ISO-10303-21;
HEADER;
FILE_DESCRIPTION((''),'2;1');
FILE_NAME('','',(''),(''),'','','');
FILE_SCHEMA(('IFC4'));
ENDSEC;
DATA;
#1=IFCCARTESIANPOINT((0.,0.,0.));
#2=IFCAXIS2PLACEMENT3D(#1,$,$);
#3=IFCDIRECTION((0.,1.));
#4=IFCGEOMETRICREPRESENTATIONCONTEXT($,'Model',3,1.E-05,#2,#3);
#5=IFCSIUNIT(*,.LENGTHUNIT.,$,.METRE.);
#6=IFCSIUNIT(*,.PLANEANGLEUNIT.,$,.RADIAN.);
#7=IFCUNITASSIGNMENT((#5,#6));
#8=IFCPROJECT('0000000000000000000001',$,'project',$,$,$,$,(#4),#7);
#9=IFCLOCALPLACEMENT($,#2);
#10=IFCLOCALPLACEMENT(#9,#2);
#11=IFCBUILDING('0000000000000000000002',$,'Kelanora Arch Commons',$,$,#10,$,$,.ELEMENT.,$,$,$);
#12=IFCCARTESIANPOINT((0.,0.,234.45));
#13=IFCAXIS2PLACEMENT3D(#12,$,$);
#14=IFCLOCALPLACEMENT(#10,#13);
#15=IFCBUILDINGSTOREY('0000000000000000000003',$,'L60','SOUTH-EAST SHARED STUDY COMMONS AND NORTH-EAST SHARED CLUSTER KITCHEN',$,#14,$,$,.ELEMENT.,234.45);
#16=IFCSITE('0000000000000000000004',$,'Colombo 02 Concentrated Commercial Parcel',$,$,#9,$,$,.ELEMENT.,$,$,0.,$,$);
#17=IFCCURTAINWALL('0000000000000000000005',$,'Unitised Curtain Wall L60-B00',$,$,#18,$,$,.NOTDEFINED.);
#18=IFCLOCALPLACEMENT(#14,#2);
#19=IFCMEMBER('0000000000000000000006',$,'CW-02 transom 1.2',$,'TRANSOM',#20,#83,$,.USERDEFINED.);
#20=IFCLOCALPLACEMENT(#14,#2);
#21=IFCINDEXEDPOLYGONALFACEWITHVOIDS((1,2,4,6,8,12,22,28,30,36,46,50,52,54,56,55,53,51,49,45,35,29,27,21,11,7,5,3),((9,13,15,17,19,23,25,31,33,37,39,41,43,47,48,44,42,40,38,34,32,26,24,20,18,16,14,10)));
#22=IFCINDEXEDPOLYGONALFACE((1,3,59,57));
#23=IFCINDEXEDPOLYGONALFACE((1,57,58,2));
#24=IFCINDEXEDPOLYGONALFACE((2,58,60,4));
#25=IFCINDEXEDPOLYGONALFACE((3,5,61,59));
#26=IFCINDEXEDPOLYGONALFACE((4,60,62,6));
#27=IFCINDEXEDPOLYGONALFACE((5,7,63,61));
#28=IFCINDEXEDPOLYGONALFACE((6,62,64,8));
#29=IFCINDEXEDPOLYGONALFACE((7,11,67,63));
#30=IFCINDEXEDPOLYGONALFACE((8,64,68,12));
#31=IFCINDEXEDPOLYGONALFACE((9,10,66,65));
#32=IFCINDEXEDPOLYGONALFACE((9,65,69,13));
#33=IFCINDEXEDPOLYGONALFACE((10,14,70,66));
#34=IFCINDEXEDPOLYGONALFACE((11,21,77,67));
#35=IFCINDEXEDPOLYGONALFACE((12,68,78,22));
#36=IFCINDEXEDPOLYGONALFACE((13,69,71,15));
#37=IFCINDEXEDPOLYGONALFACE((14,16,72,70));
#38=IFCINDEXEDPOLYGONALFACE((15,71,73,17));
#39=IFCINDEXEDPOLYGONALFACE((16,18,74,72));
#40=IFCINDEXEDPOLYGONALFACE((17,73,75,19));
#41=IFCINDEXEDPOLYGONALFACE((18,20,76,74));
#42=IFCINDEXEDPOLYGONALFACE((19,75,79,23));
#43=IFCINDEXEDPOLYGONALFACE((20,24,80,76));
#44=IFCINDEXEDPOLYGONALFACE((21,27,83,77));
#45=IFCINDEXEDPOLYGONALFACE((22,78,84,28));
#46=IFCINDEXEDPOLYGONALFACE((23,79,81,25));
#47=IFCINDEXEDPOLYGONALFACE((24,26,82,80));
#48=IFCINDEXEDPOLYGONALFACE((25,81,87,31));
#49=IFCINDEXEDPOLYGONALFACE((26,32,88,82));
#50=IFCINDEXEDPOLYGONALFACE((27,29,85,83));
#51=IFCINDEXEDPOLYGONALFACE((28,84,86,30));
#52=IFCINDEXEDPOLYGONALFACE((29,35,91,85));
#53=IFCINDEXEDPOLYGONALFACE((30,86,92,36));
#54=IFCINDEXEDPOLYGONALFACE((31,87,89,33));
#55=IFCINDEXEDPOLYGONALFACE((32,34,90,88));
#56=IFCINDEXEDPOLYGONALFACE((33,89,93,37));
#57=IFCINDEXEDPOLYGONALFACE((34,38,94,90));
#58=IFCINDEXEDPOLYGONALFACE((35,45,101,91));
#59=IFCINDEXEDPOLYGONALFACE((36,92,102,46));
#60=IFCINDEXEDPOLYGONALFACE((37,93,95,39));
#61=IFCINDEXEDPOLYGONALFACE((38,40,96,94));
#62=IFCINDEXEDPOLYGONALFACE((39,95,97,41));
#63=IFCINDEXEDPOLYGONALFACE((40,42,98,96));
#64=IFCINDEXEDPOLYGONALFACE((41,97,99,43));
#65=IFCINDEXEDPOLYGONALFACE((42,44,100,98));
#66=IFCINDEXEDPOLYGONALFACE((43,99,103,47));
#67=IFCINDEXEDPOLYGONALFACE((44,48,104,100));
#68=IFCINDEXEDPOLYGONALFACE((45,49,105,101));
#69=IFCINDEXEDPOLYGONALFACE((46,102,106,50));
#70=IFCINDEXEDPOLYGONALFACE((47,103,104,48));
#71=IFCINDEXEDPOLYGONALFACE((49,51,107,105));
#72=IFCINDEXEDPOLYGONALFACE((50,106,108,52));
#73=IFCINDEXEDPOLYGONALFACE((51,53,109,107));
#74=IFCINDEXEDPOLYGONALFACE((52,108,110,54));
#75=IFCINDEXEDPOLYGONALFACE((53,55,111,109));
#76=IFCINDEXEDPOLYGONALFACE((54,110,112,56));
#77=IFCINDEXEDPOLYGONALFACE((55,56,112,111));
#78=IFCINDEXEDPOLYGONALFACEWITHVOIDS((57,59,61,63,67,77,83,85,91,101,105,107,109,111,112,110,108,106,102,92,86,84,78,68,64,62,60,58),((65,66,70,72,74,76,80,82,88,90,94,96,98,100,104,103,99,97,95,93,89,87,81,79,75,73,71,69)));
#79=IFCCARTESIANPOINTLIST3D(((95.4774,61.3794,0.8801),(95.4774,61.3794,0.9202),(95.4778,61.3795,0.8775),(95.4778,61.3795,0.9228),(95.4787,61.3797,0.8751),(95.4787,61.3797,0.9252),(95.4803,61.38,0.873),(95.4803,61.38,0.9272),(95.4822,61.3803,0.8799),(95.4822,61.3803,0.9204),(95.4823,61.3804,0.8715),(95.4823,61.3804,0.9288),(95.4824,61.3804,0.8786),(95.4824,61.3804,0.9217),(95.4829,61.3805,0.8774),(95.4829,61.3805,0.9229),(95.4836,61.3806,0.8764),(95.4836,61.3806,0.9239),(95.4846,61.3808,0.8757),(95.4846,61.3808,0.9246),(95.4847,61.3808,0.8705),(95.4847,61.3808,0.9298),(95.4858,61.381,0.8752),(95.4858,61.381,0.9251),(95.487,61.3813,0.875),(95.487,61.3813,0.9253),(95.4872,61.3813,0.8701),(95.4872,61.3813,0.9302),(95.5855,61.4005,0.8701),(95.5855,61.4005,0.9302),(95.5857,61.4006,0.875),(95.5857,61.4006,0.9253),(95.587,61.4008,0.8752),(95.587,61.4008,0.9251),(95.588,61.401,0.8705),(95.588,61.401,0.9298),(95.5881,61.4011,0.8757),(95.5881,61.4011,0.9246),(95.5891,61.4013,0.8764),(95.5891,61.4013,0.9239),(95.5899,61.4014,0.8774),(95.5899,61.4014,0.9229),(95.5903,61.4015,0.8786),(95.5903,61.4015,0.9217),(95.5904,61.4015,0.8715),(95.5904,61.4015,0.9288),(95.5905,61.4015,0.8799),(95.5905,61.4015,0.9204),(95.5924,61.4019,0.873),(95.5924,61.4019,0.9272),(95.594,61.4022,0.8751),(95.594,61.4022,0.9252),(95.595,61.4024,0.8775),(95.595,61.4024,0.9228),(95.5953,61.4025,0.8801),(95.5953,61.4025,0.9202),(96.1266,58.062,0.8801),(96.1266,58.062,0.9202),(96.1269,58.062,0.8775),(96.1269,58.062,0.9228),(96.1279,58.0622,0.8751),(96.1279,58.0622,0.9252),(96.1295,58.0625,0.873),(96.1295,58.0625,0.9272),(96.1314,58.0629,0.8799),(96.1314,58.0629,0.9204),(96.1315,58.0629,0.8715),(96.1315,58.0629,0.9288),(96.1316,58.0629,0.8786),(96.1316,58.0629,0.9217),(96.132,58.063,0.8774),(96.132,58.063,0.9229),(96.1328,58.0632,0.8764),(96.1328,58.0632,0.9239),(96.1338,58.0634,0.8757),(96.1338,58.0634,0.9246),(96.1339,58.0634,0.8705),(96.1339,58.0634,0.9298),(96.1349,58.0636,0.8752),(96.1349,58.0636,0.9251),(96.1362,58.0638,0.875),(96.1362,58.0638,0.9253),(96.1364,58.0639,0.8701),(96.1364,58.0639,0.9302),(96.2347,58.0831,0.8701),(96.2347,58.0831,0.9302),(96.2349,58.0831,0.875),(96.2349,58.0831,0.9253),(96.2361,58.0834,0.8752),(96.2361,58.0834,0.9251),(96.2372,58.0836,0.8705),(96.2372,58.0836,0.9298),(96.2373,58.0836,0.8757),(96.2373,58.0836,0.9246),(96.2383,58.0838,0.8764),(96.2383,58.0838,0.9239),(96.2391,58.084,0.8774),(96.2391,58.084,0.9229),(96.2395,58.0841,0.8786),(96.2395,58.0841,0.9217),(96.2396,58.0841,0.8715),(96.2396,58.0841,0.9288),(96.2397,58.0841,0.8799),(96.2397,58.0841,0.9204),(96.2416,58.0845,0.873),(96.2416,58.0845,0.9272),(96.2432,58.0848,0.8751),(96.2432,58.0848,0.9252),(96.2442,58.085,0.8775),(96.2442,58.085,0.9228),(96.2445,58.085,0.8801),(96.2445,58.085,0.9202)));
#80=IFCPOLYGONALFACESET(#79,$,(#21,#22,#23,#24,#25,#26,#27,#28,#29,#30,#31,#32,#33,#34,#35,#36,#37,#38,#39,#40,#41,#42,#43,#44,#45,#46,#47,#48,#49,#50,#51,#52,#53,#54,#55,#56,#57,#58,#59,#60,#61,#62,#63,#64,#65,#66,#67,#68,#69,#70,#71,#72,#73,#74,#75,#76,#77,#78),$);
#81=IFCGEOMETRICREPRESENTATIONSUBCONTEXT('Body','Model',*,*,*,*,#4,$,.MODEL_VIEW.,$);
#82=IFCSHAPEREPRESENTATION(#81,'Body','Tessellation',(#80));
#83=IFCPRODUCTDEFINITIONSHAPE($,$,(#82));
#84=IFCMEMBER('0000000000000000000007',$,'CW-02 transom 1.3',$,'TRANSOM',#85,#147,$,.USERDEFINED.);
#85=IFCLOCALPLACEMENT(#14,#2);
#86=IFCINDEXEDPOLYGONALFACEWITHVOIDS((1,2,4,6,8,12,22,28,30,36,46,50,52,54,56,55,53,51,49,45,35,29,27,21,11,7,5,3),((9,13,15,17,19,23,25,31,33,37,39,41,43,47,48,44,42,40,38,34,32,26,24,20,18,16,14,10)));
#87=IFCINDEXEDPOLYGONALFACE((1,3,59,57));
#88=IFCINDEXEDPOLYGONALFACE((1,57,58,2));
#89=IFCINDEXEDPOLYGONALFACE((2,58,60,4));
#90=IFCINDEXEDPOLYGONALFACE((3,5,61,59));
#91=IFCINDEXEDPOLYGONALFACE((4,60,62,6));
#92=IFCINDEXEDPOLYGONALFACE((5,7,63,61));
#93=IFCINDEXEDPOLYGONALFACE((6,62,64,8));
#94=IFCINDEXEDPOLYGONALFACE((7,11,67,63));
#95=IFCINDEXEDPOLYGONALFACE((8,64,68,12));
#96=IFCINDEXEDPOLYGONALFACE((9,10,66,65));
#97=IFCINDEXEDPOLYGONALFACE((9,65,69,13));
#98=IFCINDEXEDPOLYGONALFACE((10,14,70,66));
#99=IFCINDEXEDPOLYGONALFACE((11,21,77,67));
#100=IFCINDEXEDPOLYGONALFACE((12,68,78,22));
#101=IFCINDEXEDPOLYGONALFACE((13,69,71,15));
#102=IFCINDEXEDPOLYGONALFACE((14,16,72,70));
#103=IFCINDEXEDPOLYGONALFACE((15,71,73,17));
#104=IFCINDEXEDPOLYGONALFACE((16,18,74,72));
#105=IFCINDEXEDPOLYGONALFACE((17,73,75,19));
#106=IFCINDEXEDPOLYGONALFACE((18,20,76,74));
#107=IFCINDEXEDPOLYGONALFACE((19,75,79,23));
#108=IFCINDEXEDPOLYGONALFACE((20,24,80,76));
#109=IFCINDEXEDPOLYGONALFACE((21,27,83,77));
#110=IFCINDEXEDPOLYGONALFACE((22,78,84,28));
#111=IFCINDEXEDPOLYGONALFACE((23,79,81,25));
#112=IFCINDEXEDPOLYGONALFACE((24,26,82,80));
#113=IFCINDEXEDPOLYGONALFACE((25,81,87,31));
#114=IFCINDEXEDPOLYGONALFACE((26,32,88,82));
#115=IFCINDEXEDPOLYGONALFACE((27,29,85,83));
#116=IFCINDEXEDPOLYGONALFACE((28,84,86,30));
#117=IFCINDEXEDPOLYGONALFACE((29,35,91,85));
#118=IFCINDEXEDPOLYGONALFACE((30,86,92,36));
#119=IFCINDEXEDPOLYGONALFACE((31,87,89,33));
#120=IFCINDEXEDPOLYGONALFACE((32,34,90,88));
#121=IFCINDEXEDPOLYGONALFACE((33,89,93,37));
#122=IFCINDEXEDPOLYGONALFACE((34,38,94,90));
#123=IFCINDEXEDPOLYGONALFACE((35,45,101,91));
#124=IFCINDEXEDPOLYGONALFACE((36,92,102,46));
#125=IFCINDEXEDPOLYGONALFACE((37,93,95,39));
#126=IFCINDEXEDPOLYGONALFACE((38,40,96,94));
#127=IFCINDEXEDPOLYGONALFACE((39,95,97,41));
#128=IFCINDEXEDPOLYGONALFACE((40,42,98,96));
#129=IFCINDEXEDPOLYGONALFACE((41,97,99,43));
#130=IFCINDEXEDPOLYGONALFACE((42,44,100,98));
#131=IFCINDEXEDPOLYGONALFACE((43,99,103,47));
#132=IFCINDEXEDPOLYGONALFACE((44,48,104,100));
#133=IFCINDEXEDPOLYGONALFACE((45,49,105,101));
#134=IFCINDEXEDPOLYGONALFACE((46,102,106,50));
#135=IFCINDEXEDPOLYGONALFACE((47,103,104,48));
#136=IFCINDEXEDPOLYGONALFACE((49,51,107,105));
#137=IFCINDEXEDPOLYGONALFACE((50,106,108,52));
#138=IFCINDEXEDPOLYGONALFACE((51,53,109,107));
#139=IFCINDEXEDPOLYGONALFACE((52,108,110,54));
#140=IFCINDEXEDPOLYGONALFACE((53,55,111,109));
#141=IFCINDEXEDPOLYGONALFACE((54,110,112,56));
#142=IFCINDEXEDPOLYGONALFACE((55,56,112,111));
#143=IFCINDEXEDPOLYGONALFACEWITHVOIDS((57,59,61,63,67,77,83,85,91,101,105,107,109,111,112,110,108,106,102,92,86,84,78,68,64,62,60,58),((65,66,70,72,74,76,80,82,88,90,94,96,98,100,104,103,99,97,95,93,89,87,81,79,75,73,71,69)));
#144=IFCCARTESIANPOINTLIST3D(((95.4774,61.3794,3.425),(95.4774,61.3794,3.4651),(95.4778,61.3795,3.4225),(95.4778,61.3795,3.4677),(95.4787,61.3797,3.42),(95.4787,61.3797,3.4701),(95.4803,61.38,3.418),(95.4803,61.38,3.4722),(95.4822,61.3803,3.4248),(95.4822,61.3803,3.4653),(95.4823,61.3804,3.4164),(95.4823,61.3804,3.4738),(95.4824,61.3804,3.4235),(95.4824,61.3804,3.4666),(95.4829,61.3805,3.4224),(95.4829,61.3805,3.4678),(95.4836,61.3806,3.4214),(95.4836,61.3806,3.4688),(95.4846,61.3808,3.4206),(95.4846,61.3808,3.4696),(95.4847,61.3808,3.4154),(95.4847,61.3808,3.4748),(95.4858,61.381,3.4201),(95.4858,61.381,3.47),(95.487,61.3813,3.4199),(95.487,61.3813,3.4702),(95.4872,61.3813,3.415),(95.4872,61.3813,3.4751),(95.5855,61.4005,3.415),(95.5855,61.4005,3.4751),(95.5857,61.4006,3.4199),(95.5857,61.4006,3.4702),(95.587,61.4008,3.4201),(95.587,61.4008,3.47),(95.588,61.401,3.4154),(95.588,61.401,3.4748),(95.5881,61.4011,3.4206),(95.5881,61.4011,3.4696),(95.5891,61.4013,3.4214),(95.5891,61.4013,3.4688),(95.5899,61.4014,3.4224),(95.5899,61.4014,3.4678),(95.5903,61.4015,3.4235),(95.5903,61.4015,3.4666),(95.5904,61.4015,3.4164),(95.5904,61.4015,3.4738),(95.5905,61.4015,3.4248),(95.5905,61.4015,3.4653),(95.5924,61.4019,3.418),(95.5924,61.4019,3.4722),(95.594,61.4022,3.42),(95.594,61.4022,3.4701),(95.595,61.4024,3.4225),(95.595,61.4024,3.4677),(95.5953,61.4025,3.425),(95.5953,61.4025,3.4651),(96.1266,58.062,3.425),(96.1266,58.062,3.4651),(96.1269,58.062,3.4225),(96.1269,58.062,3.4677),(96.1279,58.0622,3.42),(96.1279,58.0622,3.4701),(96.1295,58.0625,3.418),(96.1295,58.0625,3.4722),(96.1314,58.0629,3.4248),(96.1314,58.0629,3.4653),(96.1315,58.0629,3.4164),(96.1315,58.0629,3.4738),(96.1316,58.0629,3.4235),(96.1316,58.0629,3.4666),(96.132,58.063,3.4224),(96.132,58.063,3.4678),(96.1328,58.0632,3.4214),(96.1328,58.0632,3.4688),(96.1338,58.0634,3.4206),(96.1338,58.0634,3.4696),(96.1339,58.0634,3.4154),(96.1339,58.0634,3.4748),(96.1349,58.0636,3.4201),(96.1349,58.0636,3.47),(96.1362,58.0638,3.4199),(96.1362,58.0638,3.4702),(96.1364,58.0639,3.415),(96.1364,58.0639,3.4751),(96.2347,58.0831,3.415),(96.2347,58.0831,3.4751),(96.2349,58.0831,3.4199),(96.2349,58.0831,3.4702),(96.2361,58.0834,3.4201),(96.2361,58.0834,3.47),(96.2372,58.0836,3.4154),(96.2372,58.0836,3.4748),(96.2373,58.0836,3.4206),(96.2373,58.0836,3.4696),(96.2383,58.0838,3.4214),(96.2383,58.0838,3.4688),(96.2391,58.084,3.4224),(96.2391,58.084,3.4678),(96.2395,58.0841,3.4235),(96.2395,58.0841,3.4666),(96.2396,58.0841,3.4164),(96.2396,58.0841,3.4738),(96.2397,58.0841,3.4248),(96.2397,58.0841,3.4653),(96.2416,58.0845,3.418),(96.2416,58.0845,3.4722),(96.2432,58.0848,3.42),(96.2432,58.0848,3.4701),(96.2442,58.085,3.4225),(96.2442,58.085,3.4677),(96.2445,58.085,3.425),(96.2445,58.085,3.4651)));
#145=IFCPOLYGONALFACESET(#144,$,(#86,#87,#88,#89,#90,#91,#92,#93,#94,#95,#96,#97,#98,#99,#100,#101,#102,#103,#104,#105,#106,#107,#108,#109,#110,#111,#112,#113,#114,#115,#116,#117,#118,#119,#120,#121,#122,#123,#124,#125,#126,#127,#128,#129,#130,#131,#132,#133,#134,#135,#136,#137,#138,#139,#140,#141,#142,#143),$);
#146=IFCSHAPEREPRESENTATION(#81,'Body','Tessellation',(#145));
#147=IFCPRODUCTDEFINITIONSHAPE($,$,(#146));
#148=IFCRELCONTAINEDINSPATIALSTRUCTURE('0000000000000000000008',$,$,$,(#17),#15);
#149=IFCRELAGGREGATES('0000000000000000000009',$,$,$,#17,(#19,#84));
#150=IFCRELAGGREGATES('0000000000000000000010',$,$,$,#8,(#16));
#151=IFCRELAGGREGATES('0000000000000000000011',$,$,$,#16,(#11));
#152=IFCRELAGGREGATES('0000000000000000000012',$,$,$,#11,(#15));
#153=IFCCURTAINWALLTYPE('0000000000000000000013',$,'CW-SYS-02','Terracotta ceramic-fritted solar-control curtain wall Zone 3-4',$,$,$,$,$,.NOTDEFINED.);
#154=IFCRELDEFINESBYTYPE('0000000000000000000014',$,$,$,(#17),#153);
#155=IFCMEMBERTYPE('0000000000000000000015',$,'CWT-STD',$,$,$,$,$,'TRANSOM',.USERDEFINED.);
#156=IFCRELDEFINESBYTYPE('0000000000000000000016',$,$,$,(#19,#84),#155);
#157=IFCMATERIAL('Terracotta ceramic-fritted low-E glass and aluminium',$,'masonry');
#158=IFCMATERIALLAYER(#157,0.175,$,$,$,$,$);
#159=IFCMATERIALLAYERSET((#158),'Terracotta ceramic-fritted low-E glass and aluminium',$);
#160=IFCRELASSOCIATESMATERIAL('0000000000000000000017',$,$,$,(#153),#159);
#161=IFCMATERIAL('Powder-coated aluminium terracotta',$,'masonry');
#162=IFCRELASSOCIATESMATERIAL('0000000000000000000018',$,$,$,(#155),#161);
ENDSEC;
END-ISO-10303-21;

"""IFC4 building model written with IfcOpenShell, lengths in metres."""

from ifc_helpers import new_model, si_unit, direction, frame, origin, origin_2d, place, context, subcontext, project, spatial, hollow_rectangle, extrude, material, layer, layer_set, material_profile, profile_set, type_object, element, aggregate, save


model = new_model("IFC4")

# Units and contexts
model_context = context("Model", 3, precision=1e-05, world=origin(), true_north=direction((0.0, 1.0)))
body_context = subcontext(model_context, "Body", "Model", "MODEL_VIEW")
ifc_project = project(units=[si_unit("LENGTHUNIT", "METRE"), si_unit("PLANEANGLEUNIT", "RADIAN")], contexts=[model_context])

# Site, building, storey
site_placement = place(None, origin())
site = spatial("IfcSite", under=ifc_project, at=site_placement, Name="Colombo 02 Concentrated Commercial Parcel", CompositionType="ELEMENT", RefElevation=0.0)
building_placement = place(site_placement, origin())
building = spatial("IfcBuilding", under=site, at=building_placement, Name="Kelanora Arch Commons", CompositionType="ELEMENT")
storey_placement = place(building_placement, frame((0.0, 0.0, 234.45)))
storey = spatial("IfcBuildingStorey", under=building, at=storey_placement, Name="L60", Description="SOUTH-EAST SHARED STUDY COMMONS AND NORTH-EAST SHARED CLUSTER KITCHEN", CompositionType="ELEMENT", Elevation=234.45)

# Curtain wall, members
ifc_material_1 = material(Name="Terracotta ceramic-fritted low-E glass and aluminium", Category="masonry")
ifc_layer_1 = layer(ifc_material_1, 0.175)
ifc_layer_set_1 = layer_set([ifc_layer_1], Name="Terracotta ceramic-fritted low-E glass and aluminium")
curtain_wall_type = type_object("IfcCurtainWallType", Name="CW-SYS-02", Description="Terracotta ceramic-fritted solar-control curtain wall Zone 3-4", PredefinedType="NOTDEFINED", material=ifc_layer_set_1)
curtain_wall_placement = place(storey_placement, origin())
curtain_wall = element("IfcCurtainWall", 1, at=curtain_wall_placement, inside=storey, type_object=curtain_wall_type, Name="Unitised Curtain Wall L60-B00", PredefinedType="NOTDEFINED")
ifc_material_2 = material(Name="Powder-coated aluminium terracotta", Category="masonry")
ifc_material_profile_1 = material_profile(ifc_material_2, hollow_rectangle(XDim=0.1201, YDim=0.0601, WallThickness=0.0049, InnerFilletRadius=0.0049, OuterFilletRadius=0.01, at=origin_2d()), Name="CWT120x60")
ifc_profile_set_1 = profile_set([ifc_material_profile_1], Name="Powder-coated aluminium terracotta")
member_type_1 = type_object("IfcMemberType", Name="CWT-STD", ElementType="TRANSOM", PredefinedType="USERDEFINED", material=ifc_profile_set_1)
member_1_placement = place(storey_placement, frame((96.1855, 58.0735, 0.9001), z_axis=(-0.192045, 0.981386, 0.0), x_axis=(-0.981386, -0.192045, 0.0)))
member_1 = element("IfcMember", 2, at=member_1_placement, type_object=member_type_1, Name="CW-02 transom 1.2", ObjectType="TRANSOM", PredefinedType="USERDEFINED", context=body_context, shape_type="SweptSolid", body=[
    extrude(hollow_rectangle(XDim=0.1201, YDim=0.0601, WallThickness=0.0049, InnerFilletRadius=0.0049, OuterFilletRadius=0.01, at=origin_2d()), origin(), (0.0, 0.0, 1.0), 3.3804),
])
member_2_placement = place(storey_placement, frame((96.1855, 58.0735, 3.4451), z_axis=(-0.192045, 0.981386, 0.0), x_axis=(-0.981386, -0.192045, 0.0)))
member_2 = element("IfcMember", 3, at=member_2_placement, type_object=member_type_1, Name="CW-02 transom 1.3", ObjectType="TRANSOM", PredefinedType="USERDEFINED", context=body_context, shape_type="SweptSolid", body=[
    extrude(hollow_rectangle(XDim=0.1201, YDim=0.0601, WallThickness=0.0049, InnerFilletRadius=0.0049, OuterFilletRadius=0.01, at=origin_2d()), origin(), (0.0, 0.0, 1.0), 3.3804),
])
aggregate(curtain_wall, [member_1, member_2])

save(model, "model.ifc")
